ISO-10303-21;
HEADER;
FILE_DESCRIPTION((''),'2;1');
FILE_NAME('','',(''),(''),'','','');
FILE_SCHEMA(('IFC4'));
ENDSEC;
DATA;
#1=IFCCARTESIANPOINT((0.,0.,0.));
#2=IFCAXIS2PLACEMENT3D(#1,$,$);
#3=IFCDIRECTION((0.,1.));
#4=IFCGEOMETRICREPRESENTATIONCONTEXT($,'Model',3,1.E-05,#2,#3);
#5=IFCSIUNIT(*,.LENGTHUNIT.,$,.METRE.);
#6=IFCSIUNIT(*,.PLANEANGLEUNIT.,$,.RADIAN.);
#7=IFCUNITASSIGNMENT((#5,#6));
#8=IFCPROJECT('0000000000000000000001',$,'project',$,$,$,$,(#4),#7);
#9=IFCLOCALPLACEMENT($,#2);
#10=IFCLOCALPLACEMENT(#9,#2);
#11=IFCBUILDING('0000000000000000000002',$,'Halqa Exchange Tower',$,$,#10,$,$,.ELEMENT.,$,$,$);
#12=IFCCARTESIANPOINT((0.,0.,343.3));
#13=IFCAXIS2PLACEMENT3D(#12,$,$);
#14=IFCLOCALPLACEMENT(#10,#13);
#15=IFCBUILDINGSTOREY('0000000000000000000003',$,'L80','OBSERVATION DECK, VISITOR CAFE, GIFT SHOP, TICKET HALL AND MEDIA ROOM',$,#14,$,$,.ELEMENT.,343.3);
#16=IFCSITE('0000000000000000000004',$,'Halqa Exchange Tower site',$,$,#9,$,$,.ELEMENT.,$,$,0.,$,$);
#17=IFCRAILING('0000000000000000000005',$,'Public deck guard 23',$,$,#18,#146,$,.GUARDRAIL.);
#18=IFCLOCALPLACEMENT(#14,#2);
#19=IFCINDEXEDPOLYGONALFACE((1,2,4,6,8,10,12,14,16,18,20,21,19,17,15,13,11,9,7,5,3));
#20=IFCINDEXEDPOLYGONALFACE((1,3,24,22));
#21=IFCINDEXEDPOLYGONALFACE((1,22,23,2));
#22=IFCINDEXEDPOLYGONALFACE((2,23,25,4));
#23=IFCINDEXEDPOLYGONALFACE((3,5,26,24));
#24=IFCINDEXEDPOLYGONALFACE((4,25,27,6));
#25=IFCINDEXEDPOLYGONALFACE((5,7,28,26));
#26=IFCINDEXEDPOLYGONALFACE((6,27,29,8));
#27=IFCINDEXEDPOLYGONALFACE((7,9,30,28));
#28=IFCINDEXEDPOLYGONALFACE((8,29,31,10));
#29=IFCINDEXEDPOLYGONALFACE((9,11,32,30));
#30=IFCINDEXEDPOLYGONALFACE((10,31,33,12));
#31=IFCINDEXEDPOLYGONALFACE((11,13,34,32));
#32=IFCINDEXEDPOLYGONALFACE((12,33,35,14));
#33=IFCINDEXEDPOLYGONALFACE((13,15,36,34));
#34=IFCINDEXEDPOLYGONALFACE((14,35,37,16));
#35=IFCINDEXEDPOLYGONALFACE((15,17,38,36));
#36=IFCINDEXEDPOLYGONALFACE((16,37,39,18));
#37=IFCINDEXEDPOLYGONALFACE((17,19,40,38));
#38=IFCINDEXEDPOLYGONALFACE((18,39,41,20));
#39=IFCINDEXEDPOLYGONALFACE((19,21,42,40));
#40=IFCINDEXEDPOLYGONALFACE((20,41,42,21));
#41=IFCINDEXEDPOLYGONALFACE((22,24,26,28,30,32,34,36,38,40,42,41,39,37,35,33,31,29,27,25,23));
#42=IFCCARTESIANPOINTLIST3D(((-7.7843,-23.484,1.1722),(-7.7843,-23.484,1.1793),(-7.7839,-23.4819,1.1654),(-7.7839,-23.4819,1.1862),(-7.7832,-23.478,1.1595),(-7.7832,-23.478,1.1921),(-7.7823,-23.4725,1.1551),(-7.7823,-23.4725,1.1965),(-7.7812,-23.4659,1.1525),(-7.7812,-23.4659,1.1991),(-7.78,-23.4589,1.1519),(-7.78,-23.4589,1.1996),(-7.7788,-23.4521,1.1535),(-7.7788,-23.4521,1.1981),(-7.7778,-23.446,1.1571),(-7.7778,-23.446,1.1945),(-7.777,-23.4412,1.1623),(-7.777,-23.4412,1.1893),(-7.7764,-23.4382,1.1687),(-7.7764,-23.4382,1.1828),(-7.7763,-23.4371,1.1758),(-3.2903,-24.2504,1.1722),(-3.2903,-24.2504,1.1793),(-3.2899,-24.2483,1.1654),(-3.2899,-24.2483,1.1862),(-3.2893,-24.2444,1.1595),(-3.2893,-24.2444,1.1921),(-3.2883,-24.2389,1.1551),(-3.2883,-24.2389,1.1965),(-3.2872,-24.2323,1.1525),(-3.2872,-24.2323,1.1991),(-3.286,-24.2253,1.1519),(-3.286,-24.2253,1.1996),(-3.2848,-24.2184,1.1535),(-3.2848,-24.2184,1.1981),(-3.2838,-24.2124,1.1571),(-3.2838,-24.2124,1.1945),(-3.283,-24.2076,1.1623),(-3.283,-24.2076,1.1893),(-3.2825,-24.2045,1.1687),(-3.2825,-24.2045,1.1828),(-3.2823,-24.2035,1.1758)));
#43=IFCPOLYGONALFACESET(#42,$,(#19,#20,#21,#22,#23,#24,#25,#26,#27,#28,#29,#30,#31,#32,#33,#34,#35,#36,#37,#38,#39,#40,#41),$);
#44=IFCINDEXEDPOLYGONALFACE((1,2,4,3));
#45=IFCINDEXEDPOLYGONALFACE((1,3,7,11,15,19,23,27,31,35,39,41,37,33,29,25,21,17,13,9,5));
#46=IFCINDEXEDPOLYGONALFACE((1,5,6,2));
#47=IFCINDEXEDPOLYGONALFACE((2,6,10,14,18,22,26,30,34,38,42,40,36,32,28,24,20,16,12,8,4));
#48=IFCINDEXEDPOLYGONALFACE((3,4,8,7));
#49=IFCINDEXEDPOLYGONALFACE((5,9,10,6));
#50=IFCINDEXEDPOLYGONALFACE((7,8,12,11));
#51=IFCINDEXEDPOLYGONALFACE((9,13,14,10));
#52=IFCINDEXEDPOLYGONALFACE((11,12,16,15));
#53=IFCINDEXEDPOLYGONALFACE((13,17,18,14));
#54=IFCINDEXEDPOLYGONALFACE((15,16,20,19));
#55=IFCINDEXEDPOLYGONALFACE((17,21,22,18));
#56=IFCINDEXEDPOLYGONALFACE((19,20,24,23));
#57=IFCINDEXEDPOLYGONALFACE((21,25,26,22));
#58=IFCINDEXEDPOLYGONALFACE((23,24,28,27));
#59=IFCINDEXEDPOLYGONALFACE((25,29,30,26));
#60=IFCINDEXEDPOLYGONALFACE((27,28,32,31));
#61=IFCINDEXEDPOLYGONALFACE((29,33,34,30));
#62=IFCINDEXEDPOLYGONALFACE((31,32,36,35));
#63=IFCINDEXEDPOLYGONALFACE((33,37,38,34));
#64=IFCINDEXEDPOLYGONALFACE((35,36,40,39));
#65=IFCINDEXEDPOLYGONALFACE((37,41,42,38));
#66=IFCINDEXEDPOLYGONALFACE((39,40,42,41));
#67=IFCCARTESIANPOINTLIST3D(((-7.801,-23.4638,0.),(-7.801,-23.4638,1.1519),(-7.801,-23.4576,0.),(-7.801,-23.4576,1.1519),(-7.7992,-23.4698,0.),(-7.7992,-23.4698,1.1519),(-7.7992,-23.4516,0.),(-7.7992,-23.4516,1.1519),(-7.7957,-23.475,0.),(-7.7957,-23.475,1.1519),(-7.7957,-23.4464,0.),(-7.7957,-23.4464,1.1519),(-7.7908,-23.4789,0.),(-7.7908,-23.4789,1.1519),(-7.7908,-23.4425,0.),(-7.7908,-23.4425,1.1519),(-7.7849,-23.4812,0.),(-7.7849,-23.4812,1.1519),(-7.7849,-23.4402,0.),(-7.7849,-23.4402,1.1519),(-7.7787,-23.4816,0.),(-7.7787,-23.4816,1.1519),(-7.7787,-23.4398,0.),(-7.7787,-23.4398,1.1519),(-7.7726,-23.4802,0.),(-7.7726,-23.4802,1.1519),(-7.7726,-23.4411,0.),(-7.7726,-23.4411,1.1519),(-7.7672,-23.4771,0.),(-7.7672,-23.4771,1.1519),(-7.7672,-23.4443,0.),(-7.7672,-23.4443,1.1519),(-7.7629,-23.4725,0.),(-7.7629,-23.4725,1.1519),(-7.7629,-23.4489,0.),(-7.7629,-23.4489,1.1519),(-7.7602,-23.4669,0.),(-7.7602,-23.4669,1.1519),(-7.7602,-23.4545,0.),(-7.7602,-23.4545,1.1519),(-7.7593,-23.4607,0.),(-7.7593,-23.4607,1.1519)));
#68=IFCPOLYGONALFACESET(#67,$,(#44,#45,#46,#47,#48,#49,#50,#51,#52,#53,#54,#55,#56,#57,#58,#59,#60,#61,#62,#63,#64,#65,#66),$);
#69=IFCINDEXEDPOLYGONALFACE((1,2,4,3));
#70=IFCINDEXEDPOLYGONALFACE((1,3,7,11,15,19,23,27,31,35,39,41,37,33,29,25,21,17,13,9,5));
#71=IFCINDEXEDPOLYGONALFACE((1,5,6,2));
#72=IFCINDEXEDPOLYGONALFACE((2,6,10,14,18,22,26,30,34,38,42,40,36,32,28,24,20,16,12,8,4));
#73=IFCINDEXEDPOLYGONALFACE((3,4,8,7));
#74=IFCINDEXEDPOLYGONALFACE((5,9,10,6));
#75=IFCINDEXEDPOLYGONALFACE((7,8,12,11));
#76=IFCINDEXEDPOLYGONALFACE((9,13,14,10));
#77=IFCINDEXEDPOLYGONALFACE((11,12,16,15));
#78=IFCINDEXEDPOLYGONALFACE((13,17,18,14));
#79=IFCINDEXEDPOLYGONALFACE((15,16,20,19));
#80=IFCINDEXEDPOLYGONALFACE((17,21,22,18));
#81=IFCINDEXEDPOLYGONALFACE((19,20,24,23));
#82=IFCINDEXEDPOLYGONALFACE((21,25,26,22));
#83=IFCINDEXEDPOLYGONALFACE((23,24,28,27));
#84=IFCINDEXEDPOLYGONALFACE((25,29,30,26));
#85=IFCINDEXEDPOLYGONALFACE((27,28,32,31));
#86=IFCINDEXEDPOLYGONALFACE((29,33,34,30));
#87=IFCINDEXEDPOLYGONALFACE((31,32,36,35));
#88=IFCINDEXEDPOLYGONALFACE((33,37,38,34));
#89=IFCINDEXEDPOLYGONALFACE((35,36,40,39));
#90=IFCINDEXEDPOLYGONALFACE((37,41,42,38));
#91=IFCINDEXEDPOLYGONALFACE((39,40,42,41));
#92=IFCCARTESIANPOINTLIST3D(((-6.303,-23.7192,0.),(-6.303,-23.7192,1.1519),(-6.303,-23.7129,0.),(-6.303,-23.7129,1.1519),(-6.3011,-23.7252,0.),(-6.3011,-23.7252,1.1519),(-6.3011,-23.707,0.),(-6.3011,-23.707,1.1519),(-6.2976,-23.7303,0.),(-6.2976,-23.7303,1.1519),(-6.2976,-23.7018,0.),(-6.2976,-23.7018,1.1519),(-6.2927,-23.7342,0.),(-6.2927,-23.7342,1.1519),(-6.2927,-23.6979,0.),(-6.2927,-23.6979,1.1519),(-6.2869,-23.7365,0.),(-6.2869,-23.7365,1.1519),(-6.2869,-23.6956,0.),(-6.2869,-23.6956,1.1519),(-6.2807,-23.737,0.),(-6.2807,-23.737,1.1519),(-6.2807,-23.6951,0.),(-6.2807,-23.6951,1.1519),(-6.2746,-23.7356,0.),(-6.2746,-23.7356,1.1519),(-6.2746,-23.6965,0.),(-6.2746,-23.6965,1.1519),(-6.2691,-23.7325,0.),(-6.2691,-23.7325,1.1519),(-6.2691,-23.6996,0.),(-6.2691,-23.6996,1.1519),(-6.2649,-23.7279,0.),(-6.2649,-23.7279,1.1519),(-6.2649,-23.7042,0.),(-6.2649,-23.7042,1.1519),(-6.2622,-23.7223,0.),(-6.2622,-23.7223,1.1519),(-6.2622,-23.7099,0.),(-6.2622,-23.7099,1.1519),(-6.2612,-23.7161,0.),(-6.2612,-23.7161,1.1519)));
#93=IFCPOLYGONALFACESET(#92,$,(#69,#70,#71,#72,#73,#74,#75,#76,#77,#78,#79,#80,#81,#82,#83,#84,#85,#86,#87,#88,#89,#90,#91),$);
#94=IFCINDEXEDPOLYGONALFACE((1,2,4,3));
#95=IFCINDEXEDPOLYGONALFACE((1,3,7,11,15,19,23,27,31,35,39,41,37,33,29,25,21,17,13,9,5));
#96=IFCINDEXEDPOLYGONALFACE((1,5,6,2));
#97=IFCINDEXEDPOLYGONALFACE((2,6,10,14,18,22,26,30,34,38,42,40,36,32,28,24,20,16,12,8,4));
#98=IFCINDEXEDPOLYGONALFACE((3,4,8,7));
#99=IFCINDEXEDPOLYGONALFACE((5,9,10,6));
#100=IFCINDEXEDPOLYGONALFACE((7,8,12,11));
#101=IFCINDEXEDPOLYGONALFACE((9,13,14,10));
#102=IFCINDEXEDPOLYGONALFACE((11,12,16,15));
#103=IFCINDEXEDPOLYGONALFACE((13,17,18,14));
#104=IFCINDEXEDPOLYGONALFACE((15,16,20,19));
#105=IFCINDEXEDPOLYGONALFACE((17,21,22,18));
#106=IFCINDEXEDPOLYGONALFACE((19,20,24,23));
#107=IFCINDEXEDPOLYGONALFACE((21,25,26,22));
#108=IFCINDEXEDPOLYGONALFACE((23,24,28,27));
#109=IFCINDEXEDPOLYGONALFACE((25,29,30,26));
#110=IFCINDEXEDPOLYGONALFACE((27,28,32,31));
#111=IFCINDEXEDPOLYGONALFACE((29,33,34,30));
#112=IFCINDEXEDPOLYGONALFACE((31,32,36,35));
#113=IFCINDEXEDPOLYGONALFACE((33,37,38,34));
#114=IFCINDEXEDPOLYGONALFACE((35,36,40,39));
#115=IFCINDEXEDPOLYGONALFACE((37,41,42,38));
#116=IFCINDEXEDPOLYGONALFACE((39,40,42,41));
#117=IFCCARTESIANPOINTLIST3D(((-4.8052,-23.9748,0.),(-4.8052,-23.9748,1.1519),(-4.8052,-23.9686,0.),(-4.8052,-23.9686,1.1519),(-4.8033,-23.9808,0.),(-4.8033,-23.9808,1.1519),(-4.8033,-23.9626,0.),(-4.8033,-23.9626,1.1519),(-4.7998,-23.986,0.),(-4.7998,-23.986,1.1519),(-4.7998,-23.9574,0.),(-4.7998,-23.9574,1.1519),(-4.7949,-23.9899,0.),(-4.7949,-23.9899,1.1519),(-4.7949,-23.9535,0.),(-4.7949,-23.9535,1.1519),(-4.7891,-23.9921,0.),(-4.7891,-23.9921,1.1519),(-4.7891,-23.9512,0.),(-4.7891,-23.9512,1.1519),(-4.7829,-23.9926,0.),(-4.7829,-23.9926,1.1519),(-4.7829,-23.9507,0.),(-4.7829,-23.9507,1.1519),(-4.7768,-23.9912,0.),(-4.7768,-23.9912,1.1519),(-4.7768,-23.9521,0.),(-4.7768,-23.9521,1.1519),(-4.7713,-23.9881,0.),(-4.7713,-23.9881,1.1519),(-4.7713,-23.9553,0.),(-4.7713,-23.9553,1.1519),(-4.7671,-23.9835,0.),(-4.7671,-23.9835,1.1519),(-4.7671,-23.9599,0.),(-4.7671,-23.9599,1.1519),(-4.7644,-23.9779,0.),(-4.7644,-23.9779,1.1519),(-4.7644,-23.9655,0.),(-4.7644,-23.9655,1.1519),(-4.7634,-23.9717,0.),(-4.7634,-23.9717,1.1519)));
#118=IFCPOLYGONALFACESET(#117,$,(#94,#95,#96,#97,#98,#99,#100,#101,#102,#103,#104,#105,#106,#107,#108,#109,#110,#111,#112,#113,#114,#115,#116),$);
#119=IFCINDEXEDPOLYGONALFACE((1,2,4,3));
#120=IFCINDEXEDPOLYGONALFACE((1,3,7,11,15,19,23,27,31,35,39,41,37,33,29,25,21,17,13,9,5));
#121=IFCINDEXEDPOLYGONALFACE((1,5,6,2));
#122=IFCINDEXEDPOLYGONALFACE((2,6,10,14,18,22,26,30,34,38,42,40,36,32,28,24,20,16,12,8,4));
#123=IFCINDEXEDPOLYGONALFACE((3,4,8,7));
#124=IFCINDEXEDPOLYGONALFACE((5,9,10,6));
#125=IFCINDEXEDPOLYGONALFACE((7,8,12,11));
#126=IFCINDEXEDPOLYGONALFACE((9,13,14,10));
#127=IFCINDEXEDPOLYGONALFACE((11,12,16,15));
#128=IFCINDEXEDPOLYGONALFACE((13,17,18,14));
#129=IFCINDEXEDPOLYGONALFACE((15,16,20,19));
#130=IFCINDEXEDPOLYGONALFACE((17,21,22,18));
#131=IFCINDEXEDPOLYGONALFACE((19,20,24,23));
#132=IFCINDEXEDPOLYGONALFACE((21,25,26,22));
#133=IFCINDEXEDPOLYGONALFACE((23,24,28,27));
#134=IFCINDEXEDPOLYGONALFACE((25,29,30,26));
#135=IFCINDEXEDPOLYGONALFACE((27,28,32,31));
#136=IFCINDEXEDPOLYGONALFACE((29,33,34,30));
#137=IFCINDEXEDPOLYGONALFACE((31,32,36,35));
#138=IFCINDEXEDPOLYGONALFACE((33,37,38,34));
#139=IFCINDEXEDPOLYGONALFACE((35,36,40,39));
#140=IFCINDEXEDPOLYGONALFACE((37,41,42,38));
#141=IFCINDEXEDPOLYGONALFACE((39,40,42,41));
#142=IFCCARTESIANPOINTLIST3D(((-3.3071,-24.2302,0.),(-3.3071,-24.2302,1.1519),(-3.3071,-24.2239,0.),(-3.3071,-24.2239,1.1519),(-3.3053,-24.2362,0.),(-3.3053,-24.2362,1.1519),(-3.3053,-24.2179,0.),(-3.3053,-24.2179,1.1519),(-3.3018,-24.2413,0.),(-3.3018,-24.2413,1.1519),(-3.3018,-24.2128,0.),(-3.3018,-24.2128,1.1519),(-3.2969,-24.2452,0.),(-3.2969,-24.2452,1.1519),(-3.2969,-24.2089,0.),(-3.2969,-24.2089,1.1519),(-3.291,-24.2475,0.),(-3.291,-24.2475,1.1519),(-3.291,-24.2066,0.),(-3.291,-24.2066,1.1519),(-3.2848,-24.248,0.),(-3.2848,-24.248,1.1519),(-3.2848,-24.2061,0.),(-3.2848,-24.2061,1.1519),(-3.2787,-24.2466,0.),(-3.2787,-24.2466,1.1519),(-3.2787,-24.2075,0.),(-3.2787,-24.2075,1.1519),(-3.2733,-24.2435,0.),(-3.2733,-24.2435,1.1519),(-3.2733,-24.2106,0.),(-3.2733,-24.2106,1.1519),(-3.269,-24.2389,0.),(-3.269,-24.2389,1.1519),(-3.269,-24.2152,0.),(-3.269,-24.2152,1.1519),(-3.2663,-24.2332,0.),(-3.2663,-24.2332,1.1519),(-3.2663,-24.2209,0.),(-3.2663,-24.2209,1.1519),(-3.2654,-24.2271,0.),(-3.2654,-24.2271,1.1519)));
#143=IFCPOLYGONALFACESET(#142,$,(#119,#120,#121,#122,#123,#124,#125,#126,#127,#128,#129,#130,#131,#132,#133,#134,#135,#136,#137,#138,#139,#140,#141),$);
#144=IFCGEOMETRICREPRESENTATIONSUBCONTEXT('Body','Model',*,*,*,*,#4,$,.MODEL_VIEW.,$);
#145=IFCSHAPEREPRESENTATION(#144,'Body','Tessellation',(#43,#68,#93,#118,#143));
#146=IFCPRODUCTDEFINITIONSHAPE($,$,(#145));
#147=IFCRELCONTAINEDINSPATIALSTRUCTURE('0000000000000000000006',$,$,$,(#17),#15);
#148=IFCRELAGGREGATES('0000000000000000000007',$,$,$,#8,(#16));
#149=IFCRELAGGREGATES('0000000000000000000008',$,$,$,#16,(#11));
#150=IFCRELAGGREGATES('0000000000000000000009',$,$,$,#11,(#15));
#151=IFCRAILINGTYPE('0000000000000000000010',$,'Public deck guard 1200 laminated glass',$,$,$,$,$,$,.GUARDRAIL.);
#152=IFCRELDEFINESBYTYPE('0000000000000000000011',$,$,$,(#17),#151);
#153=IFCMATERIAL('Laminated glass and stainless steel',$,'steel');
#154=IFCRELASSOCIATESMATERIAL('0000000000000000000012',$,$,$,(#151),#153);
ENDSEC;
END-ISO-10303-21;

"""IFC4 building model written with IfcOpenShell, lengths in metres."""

from ifc_helpers import new_model, si_unit, direction, frame, origin, origin_2d, place, context, subcontext, project, spatial, circle, extrude, material, type_object, element, save


model = new_model("IFC4")

# Units and contexts
model_context = context("Model", 3, precision=1e-05, world=origin(), true_north=direction((0.0, 1.0)))
body_context = subcontext(model_context, "Body", "Model", "MODEL_VIEW")
ifc_project = project(units=[si_unit("LENGTHUNIT", "METRE"), si_unit("PLANEANGLEUNIT", "RADIAN")], contexts=[model_context])

# Site, building, storey
site_placement = place(None, origin())
site = spatial("IfcSite", under=ifc_project, at=site_placement, Name="Halqa Exchange Tower site", CompositionType="ELEMENT", RefElevation=0.0)
building_placement = place(site_placement, origin())
building = spatial("IfcBuilding", under=site, at=building_placement, Name="Halqa Exchange Tower", CompositionType="ELEMENT")
storey_placement = place(building_placement, frame((0.0, 0.0, 343.3)))
storey = spatial("IfcBuildingStorey", under=building, at=storey_placement, Name="L80", Description="OBSERVATION DECK, VISITOR CAFE, GIFT SHOP, TICKET HALL AND MEDIA ROOM", CompositionType="ELEMENT", Elevation=343.3)

# Railing
ifc_material_1 = material(Name="Laminated glass and stainless steel", Category="steel")
railing_type = type_object("IfcRailingType", Name="Public deck guard 1200 laminated glass", PredefinedType="GUARDRAIL", material=ifc_material_1)
railing_1_placement = place(storey_placement, frame((-7.7803, -23.4607, 0.0)))
element("IfcRailing", 1, at=railing_1_placement, inside=storey, type_object=railing_type, Name="Public deck guard 23", PredefinedType="GUARDRAIL", context=body_context, shape_type="SweptSolid", body=[
    extrude(circle(Radius=0.0239, at=origin_2d()), frame((0.0, 0.0, 1.1758), z_axis=(0.985769, -0.168106, 0.0), x_axis=(0.168106, 0.985769, 0.0)), (0.0, 0.0, 1.0), 4.5588),
    extrude(circle(Radius=0.021, at=origin_2d()), origin(), (0.0, 0.0, 1.0), 1.1519),
    extrude(circle(Radius=0.021, at=origin_2d()), frame((1.498, -0.2554, 0.0)), (0.0, 0.0, 1.0), 1.1519),
    extrude(circle(Radius=0.021, at=origin_2d()), frame((2.9958, -0.511, 0.0)), (0.0, 0.0, 1.0), 1.1519),
    extrude(circle(Radius=0.021, at=origin_2d()), frame((4.4939, -0.7664, 0.0)), (0.0, 0.0, 1.0), 1.1519),
])

save(model, "model.ifc")
